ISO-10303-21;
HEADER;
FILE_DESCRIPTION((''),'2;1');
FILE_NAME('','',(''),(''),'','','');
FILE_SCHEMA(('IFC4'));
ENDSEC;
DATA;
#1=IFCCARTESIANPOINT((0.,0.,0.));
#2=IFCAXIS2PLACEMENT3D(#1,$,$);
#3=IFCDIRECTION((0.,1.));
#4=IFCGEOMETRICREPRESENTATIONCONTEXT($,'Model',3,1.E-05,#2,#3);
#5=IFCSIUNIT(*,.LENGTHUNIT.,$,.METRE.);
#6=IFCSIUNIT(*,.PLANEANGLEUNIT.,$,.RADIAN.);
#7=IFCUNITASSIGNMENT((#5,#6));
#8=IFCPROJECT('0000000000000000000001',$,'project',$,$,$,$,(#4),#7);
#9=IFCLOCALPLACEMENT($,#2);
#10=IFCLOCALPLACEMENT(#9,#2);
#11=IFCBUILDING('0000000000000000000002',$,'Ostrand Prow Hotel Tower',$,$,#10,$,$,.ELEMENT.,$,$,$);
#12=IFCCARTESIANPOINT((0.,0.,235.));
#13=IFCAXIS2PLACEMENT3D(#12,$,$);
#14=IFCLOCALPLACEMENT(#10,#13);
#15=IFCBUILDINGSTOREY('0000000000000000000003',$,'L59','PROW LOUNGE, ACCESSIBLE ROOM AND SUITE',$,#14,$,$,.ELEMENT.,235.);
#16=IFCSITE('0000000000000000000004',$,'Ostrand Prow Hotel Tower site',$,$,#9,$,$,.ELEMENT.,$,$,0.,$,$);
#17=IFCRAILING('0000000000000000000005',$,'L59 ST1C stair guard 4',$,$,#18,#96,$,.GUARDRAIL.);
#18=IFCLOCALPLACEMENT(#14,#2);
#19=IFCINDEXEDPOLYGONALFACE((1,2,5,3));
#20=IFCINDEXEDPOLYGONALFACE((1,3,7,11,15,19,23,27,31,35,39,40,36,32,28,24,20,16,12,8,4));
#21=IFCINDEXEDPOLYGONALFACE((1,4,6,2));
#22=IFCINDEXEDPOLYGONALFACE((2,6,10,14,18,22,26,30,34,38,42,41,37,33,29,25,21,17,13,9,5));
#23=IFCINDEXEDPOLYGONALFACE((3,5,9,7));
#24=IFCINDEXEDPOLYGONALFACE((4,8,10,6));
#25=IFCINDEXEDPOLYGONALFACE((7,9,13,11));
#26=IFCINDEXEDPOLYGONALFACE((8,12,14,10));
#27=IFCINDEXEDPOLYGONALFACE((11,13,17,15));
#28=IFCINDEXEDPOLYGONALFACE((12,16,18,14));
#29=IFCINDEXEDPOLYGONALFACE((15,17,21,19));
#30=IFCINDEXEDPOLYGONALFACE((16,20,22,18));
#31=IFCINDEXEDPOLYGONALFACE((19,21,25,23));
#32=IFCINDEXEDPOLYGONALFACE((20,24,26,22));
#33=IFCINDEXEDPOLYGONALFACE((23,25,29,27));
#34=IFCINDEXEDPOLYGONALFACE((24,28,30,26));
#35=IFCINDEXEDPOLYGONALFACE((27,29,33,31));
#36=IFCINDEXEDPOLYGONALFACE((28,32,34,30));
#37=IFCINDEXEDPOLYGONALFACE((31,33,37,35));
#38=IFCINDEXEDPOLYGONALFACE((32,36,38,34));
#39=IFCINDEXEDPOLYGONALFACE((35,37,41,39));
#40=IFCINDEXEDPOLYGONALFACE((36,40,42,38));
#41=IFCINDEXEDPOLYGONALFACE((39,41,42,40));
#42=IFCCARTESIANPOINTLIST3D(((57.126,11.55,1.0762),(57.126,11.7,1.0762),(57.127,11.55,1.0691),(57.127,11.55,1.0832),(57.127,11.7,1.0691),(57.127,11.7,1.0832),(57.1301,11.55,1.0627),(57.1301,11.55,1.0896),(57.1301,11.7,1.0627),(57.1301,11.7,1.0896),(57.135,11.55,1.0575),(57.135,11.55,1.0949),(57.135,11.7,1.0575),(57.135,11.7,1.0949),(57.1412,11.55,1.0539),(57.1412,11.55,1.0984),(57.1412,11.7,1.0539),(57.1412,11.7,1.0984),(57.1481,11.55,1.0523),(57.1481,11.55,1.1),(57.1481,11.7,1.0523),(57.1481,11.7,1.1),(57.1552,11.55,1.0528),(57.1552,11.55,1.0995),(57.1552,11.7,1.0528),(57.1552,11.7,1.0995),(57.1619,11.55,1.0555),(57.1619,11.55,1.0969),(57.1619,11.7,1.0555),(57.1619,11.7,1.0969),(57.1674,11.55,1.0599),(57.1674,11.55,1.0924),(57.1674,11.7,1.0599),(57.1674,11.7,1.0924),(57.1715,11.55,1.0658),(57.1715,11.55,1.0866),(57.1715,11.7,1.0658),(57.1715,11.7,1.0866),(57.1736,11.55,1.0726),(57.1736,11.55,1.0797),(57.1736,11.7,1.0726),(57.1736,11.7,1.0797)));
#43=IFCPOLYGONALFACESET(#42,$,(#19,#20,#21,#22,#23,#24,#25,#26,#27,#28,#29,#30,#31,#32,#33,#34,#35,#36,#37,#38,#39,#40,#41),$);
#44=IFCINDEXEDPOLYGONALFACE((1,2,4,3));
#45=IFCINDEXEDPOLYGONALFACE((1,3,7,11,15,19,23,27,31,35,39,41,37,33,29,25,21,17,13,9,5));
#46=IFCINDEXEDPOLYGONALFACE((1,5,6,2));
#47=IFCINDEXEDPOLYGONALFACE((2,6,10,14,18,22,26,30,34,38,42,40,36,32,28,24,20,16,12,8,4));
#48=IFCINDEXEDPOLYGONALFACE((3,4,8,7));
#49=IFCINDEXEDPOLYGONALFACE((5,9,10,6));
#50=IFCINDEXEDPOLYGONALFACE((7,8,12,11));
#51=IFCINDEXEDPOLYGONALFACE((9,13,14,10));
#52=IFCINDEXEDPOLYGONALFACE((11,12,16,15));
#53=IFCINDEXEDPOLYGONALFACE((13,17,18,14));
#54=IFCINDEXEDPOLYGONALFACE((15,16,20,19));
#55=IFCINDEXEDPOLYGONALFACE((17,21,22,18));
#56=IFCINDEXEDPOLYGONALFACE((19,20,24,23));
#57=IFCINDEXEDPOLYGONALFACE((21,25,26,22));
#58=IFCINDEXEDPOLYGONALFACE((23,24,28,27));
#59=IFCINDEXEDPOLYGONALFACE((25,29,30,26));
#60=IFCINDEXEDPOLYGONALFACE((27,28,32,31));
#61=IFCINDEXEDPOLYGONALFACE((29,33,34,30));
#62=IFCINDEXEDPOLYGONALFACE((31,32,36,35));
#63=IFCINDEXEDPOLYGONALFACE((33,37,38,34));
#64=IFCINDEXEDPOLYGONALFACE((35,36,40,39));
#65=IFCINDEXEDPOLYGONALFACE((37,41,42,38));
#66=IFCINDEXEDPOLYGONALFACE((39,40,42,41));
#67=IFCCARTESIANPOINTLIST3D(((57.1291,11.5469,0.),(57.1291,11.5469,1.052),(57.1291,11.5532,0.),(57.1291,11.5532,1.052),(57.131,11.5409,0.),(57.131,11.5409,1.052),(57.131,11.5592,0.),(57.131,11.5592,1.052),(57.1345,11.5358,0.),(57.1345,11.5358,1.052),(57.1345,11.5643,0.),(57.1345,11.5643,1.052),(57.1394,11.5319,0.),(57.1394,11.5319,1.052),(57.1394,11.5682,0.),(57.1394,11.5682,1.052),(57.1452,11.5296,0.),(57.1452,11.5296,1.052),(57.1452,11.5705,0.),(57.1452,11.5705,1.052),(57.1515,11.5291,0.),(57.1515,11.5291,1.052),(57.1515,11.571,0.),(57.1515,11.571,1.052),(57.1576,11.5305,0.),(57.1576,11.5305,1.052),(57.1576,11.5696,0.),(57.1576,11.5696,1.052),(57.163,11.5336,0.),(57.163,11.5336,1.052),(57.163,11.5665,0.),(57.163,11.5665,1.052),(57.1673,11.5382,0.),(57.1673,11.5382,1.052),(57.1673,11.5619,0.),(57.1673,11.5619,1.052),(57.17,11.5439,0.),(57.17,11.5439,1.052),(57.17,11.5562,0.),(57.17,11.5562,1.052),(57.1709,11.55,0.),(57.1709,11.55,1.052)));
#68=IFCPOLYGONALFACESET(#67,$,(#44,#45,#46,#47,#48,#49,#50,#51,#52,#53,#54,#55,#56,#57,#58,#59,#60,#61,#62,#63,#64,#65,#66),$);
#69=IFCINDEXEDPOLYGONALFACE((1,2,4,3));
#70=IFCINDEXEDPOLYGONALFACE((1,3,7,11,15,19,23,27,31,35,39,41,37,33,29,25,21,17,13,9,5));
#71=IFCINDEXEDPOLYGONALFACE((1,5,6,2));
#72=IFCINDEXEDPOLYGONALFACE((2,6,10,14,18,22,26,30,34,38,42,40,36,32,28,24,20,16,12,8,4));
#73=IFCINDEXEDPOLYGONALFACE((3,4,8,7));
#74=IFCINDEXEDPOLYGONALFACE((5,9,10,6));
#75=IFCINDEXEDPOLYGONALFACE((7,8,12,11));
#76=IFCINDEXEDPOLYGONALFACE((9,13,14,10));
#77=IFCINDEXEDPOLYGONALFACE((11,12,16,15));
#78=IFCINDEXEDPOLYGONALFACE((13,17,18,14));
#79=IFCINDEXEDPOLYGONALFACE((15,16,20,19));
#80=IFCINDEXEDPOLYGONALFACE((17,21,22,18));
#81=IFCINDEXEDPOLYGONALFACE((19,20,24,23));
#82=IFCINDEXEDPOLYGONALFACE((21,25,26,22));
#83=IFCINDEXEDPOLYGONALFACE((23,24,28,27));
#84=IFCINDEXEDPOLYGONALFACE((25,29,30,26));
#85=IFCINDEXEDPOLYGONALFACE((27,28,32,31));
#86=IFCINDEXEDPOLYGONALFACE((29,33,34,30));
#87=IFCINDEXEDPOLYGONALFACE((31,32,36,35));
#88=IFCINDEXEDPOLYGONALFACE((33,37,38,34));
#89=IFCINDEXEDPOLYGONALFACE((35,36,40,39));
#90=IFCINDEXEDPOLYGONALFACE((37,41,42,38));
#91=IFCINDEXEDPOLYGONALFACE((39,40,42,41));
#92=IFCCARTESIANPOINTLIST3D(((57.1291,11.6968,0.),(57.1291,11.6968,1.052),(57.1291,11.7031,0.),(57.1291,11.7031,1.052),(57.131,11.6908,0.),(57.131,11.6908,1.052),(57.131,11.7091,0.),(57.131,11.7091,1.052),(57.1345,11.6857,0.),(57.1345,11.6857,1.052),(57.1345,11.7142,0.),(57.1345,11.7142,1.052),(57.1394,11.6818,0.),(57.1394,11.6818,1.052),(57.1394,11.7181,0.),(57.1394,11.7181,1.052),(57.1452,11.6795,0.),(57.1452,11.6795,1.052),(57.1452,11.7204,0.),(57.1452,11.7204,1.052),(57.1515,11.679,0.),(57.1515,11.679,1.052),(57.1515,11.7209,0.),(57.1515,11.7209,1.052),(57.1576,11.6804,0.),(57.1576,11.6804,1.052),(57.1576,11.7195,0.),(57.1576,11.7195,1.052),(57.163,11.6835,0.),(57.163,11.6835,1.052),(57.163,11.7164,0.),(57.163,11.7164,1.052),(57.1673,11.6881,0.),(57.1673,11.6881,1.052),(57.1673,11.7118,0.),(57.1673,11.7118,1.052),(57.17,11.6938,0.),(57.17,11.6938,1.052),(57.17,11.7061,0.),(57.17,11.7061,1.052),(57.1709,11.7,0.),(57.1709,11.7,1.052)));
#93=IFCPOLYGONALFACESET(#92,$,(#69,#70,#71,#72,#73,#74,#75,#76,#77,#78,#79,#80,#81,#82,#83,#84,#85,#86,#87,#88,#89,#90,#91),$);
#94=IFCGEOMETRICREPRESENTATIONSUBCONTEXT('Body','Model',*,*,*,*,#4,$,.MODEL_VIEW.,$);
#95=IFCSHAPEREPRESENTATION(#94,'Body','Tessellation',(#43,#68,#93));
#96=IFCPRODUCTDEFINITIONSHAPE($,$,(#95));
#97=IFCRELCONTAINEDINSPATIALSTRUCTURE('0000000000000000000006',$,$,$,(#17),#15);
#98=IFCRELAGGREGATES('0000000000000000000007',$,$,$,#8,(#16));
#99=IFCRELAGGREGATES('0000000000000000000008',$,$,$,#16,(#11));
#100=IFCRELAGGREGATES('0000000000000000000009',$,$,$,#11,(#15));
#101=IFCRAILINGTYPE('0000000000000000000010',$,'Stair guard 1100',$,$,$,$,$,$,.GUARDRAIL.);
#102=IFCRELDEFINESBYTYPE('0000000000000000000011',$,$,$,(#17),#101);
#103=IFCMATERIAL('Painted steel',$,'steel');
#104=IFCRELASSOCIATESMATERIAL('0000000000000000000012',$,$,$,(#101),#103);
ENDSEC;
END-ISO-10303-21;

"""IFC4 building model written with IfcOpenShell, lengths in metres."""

from ifc_helpers import new_model, si_unit, direction, frame, origin, origin_2d, place, context, subcontext, project, spatial, circle, extrude, material, type_object, element, save


model = new_model("IFC4")

# Units and contexts
model_context = context("Model", 3, precision=1e-05, world=origin(), true_north=direction((0.0, 1.0)))
body_context = subcontext(model_context, "Body", "Model", "MODEL_VIEW")
ifc_project = project(units=[si_unit("LENGTHUNIT", "METRE"), si_unit("PLANEANGLEUNIT", "RADIAN")], contexts=[model_context])

# Site, building, storey
site_placement = place(None, origin())
site = spatial("IfcSite", under=ifc_project, at=site_placement, Name="Ostrand Prow Hotel Tower site", CompositionType="ELEMENT", RefElevation=0.0)
building_placement = place(site_placement, origin())
building = spatial("IfcBuilding", under=site, at=building_placement, Name="Ostrand Prow Hotel Tower", CompositionType="ELEMENT")
storey_placement = place(building_placement, frame((0.0, 0.0, 235.0)))
storey = spatial("IfcBuildingStorey", under=building, at=storey_placement, Name="L59", Description="PROW LOUNGE, ACCESSIBLE ROOM AND SUITE", CompositionType="ELEMENT", Elevation=235.0)

# Railing
ifc_material_1 = material(Name="Painted steel", Category="steel")
railing_type_1 = type_object("IfcRailingType", Name="Stair guard 1100", PredefinedType="GUARDRAIL", material=ifc_material_1)
railing_1_placement = place(storey_placement, frame((57.1499, 11.55, 0.0)))
element("IfcRailing", 1, at=railing_1_placement, inside=storey, type_object=railing_type_1, Name="L59 ST1C stair guard 4", PredefinedType="GUARDRAIL", context=body_context, shape_type="SweptSolid", body=[
    extrude(circle(Radius=0.0239, at=origin_2d()), frame((0.0, 0.0, 1.0762), z_axis=(0.0, 1.0, 0.0), x_axis=(-1.0, 0.0, 0.0)), (0.0, 0.0, 1.0), 0.1499),
    extrude(circle(Radius=0.021, at=origin_2d()), origin(), (0.0, 0.0, 1.0), 1.052),
    extrude(circle(Radius=0.021, at=origin_2d()), frame((0.0, 0.1499, 0.0)), (0.0, 0.0, 1.0), 1.052),
])

save(model, "model.ifc")
